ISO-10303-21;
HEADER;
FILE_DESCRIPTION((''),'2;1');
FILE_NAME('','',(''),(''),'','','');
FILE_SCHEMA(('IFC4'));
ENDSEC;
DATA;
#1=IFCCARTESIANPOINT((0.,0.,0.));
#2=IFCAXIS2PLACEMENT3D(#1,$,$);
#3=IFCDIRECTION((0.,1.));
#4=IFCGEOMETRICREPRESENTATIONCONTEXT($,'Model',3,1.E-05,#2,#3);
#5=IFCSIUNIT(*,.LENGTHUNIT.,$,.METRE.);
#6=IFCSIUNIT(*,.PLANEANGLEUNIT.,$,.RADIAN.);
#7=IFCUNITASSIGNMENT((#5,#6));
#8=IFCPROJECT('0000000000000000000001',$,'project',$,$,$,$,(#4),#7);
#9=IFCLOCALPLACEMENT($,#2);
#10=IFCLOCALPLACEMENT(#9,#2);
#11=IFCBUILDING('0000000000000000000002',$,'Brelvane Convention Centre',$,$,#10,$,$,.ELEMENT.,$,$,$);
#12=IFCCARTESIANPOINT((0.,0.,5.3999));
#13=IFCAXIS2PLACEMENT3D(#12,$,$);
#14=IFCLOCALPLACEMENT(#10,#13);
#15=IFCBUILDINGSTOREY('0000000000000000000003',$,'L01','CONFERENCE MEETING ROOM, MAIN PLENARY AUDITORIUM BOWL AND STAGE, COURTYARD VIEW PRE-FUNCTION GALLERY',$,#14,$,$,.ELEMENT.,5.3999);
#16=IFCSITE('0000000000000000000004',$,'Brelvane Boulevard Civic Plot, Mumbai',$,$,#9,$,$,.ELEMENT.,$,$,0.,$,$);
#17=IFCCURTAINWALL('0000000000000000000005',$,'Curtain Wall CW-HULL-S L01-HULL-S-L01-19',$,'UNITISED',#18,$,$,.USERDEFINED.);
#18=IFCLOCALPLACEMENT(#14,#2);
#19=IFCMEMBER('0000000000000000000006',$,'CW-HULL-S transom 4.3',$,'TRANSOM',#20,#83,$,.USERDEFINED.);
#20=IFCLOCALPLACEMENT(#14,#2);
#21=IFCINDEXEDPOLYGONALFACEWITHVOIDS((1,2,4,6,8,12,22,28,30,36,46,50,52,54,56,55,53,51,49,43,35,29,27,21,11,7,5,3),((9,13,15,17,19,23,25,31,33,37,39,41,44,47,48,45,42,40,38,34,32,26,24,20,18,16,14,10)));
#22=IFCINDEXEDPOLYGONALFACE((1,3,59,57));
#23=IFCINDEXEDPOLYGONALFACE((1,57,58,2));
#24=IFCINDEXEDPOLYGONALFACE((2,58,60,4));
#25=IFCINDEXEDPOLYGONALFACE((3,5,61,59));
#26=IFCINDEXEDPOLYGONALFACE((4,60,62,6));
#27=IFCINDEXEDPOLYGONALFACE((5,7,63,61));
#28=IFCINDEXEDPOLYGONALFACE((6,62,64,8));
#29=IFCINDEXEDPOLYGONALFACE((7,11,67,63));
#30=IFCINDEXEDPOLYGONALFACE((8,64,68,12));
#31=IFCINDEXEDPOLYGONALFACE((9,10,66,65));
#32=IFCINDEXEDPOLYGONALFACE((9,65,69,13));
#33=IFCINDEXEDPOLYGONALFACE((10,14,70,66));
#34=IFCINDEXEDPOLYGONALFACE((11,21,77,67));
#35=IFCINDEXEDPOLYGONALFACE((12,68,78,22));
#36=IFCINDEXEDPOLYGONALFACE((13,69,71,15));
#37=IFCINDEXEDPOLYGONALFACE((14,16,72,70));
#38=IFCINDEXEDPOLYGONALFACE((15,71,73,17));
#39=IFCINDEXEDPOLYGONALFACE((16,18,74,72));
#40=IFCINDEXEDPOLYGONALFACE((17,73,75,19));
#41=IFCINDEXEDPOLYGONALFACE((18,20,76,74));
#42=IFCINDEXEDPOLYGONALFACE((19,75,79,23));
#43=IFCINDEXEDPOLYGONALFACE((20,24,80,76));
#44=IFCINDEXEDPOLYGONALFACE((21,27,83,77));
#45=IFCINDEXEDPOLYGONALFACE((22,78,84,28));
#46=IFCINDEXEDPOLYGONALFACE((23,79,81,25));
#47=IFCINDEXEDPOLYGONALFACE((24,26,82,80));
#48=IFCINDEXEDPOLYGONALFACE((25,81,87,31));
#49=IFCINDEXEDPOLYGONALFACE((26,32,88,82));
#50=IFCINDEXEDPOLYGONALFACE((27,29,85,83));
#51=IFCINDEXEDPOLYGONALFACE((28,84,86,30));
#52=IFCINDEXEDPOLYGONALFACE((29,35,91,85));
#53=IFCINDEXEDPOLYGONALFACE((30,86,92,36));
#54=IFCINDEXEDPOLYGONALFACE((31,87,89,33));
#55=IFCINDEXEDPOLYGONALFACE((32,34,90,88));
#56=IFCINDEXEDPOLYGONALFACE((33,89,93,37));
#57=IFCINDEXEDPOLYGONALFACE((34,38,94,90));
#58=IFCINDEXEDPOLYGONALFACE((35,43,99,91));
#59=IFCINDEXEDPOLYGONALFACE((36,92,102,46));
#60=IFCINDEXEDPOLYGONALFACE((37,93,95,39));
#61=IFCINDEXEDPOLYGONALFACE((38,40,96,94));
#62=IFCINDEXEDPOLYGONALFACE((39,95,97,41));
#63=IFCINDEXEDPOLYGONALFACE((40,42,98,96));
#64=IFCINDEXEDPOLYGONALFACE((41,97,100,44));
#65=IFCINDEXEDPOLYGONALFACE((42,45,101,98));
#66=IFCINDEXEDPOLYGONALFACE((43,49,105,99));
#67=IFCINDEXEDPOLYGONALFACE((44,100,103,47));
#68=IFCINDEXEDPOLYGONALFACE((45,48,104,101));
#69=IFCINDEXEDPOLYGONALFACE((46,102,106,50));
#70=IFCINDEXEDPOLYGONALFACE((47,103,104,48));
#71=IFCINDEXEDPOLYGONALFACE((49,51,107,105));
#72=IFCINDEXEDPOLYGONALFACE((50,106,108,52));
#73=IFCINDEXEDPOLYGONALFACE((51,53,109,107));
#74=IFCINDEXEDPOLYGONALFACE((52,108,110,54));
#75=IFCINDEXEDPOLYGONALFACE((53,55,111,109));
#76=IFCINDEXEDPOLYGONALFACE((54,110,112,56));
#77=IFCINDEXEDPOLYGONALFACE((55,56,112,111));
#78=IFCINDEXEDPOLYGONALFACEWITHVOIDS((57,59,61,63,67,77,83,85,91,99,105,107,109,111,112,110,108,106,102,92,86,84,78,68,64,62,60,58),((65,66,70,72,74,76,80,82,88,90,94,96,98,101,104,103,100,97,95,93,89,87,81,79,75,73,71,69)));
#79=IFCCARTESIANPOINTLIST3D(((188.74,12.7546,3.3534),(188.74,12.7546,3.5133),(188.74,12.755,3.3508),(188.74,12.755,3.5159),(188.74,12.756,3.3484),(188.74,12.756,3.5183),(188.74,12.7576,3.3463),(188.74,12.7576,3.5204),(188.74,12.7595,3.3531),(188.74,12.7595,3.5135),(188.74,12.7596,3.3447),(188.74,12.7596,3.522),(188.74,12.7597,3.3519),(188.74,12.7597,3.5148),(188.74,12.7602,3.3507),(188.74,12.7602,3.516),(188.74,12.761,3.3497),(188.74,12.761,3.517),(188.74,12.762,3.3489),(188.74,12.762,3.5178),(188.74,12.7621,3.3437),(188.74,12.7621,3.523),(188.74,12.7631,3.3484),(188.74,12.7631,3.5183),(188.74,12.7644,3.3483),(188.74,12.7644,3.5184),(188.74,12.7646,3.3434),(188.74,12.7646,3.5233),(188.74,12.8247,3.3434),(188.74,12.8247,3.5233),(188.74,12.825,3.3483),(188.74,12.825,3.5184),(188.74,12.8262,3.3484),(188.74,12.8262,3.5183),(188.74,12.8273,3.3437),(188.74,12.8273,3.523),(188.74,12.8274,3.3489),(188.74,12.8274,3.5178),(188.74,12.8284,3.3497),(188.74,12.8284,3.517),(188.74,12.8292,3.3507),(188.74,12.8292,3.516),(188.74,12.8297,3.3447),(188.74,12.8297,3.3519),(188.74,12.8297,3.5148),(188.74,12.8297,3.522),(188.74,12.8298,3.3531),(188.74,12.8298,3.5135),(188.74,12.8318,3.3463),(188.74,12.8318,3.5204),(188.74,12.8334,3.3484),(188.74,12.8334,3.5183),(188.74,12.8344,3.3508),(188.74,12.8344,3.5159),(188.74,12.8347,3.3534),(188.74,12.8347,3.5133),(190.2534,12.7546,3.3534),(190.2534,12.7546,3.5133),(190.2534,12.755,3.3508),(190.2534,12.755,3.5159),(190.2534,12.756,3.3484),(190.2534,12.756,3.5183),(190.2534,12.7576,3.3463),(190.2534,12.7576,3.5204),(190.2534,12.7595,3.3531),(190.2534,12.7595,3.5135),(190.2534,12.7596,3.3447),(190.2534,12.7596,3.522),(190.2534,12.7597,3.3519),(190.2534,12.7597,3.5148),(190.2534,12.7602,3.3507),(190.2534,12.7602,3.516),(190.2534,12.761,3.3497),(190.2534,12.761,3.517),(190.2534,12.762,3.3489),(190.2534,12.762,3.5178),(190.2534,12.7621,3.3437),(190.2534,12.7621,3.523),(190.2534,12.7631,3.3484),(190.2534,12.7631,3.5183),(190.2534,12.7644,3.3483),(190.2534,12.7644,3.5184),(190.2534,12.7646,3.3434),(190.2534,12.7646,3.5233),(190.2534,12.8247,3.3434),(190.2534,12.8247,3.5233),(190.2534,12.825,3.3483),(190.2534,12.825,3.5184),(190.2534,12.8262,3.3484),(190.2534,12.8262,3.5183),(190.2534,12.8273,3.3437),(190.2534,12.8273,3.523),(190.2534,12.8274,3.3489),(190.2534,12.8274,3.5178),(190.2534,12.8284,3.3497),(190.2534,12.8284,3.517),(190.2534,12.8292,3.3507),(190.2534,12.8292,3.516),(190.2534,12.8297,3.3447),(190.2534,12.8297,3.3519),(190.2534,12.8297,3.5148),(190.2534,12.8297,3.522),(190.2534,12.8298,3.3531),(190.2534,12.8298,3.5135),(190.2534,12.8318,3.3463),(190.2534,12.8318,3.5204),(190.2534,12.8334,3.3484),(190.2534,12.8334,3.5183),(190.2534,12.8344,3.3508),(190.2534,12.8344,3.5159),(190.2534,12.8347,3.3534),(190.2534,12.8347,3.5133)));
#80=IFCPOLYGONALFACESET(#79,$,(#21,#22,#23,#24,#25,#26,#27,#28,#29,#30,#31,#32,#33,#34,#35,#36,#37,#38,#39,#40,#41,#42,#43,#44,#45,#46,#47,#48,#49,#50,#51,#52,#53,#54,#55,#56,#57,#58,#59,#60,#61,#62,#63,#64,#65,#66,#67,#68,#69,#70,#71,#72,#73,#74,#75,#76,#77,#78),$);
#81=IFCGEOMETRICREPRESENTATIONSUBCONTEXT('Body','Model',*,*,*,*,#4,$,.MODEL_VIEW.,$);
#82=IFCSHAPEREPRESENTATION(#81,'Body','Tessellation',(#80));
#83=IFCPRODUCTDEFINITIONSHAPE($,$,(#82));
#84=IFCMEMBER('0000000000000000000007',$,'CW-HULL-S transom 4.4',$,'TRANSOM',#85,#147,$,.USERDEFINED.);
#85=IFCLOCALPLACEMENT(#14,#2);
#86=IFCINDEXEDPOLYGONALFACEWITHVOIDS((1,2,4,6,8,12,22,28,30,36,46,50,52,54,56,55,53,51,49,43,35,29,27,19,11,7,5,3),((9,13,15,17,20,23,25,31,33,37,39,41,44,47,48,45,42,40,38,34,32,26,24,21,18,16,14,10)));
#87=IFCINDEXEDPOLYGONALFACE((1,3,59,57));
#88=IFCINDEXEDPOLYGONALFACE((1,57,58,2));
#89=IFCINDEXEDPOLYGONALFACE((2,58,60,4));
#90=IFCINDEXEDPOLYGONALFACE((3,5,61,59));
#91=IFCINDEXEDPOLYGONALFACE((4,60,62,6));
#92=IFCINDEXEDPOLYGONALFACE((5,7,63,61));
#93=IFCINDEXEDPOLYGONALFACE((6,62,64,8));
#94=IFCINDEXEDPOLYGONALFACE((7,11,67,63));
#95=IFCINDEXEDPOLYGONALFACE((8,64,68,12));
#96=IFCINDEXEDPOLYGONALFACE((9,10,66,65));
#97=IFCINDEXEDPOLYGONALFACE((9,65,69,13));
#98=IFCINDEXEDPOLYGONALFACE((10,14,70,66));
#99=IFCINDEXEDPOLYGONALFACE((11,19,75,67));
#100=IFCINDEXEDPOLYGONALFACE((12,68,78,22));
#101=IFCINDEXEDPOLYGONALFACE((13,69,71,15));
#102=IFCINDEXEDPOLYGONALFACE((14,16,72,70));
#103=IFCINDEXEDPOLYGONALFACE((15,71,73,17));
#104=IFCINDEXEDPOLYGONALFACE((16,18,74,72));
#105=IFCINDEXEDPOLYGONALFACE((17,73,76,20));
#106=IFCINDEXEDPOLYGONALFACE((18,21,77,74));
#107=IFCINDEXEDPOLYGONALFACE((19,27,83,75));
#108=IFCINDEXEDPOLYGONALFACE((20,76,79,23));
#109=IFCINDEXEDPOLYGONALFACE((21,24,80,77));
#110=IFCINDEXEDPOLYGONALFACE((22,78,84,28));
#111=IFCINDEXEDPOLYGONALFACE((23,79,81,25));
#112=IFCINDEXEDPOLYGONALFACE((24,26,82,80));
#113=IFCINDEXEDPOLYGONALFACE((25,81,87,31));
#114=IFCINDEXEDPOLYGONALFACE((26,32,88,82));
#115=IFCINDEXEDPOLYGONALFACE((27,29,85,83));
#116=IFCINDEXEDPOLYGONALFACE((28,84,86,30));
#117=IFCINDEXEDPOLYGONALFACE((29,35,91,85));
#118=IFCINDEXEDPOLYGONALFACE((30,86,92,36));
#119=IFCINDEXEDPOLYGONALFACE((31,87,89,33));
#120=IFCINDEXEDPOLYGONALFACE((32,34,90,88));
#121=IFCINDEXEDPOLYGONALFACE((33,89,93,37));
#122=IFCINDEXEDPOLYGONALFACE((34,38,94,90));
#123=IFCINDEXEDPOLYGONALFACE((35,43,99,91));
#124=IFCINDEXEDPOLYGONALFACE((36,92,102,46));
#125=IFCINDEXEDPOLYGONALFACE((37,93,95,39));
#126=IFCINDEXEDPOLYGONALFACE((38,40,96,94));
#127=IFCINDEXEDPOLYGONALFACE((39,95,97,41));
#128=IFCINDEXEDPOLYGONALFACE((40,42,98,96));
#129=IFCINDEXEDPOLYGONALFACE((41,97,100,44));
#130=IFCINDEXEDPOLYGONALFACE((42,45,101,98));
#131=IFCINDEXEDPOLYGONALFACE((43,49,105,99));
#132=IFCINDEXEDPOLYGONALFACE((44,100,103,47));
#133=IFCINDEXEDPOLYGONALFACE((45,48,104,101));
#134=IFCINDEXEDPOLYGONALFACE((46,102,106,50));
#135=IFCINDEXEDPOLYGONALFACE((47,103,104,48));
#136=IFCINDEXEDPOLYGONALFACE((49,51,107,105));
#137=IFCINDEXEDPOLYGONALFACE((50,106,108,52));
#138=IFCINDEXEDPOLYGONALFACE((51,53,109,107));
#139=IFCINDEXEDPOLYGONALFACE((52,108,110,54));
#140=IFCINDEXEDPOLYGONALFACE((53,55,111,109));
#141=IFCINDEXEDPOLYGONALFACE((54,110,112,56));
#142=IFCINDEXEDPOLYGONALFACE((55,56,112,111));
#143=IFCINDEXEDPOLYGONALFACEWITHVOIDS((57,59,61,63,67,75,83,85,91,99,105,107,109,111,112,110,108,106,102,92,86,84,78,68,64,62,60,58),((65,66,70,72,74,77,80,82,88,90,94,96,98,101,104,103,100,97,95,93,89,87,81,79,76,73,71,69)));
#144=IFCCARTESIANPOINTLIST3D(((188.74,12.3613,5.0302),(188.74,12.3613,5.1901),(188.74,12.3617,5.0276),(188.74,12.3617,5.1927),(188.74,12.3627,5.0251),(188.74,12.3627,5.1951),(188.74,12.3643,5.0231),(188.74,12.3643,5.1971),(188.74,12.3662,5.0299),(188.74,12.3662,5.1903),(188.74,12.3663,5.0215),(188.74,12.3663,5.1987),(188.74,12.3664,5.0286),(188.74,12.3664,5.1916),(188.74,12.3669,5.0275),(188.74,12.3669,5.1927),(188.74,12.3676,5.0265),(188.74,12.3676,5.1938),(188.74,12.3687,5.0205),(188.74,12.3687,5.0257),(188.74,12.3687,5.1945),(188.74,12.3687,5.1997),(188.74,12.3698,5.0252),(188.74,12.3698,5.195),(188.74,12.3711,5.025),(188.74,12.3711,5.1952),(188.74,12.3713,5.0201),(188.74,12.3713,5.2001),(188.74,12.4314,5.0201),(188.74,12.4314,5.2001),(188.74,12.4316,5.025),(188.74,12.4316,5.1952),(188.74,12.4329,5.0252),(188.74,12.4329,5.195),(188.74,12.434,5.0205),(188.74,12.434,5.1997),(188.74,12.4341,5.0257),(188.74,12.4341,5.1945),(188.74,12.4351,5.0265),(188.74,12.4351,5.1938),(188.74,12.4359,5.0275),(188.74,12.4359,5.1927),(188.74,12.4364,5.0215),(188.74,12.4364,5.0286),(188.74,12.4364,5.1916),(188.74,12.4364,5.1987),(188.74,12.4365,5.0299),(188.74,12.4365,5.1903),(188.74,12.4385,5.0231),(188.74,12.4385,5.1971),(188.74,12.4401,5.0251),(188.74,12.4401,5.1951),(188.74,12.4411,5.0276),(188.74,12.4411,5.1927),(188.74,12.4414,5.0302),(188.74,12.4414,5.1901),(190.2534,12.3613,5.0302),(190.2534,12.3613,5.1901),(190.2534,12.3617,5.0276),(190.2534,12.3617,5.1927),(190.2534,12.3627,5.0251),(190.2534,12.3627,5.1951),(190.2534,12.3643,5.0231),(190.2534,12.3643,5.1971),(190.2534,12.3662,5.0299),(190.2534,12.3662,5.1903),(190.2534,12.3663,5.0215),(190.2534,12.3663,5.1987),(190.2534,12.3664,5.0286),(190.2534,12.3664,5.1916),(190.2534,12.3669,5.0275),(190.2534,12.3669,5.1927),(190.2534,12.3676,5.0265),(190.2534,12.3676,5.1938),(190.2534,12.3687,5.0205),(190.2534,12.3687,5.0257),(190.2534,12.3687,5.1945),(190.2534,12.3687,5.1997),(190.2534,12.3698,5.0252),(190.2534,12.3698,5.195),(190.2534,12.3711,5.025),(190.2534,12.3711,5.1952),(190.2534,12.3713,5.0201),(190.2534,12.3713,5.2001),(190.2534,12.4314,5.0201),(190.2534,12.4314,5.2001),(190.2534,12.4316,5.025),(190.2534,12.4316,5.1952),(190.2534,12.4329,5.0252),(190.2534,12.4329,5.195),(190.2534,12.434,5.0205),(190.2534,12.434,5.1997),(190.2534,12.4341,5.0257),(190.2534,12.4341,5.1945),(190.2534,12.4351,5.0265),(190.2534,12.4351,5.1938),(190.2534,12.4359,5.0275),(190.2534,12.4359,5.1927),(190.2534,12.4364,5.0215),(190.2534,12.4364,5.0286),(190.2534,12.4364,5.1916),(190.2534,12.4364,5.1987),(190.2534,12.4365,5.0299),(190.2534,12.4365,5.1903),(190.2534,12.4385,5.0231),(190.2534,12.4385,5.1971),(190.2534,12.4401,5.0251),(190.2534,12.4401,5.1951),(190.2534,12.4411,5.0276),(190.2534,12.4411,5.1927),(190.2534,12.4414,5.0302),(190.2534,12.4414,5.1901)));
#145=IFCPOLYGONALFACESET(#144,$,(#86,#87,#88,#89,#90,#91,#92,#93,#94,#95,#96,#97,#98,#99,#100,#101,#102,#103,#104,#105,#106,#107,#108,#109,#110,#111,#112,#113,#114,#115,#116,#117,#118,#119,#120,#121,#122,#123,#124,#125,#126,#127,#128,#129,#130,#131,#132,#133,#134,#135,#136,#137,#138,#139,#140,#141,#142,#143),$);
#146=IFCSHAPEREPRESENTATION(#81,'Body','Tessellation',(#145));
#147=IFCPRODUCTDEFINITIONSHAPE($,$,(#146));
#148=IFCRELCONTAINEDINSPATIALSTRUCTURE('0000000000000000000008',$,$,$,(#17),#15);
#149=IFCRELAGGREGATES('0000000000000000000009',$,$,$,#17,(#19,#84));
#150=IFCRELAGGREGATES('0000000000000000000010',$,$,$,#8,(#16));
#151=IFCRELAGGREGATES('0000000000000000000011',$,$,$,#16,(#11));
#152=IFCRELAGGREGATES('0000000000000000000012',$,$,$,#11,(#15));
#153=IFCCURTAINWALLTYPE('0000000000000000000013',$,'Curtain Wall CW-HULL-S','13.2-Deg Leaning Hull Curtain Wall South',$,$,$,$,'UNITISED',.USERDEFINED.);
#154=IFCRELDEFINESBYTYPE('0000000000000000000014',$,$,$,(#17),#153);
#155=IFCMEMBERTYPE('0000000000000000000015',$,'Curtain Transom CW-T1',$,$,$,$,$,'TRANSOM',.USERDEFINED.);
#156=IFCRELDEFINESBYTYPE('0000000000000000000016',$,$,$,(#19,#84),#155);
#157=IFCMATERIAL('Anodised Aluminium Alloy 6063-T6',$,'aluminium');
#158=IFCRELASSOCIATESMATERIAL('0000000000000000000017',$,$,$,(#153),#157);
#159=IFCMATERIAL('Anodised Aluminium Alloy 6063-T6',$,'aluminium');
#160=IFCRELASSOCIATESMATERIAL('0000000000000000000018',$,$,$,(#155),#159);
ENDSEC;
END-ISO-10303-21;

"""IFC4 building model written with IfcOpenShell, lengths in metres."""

from ifc_helpers import new_model, si_unit, direction, frame, origin, origin_2d, place, context, subcontext, project, spatial, hollow_rectangle, extrude, material, material_profile, profile_set, type_object, element, aggregate, save


model = new_model("IFC4")

# Units and contexts
model_context = context("Model", 3, precision=1e-05, world=origin(), true_north=direction((0.0, 1.0)))
body_context = subcontext(model_context, "Body", "Model", "MODEL_VIEW")
ifc_project = project(units=[si_unit("LENGTHUNIT", "METRE"), si_unit("PLANEANGLEUNIT", "RADIAN")], contexts=[model_context])

# Site, building, storey
site_placement = place(None, origin())
site = spatial("IfcSite", under=ifc_project, at=site_placement, Name="Brelvane Boulevard Civic Plot, Mumbai", CompositionType="ELEMENT", RefElevation=0.0)
building_placement = place(site_placement, origin())
building = spatial("IfcBuilding", under=site, at=building_placement, Name="Brelvane Convention Centre", CompositionType="ELEMENT")
storey_placement = place(building_placement, frame((0.0, 0.0, 5.3999)))
storey = spatial("IfcBuildingStorey", under=building, at=storey_placement, Name="L01", Description="CONFERENCE MEETING ROOM, MAIN PLENARY AUDITORIUM BOWL AND STAGE, COURTYARD VIEW PRE-FUNCTION GALLERY", CompositionType="ELEMENT", Elevation=5.3999)

# Curtain wall, members
ifc_material_1 = material(Name="Anodised Aluminium Alloy 6063-T6", Category="aluminium")
curtain_wall_type = type_object("IfcCurtainWallType", Name="Curtain Wall CW-HULL-S", Description="13.2-Deg Leaning Hull Curtain Wall South", ElementType="UNITISED", PredefinedType="USERDEFINED", material=ifc_material_1)
curtain_wall_1_placement = place(storey_placement, origin())
curtain_wall_1 = element("IfcCurtainWall", 1, at=curtain_wall_1_placement, inside=storey, type_object=curtain_wall_type, Name="Curtain Wall CW-HULL-S L01-HULL-S-L01-19", ObjectType="UNITISED", PredefinedType="USERDEFINED")
ifc_material_2 = material(Name="Anodised Aluminium Alloy 6063-T6", Category="aluminium")
ifc_material_profile = material_profile(ifc_material_2, hollow_rectangle(XDim=0.0801, YDim=0.1799, WallThickness=0.0049, InnerFilletRadius=0.0049, OuterFilletRadius=0.01, at=origin_2d()), Name="ALU-T 180x80x5.0")
ifc_profile_set = profile_set([ifc_material_profile], Name="Anodised Aluminium Alloy 6063-T6")
member_type = type_object("IfcMemberType", Name="Curtain Transom CW-T1", ElementType="TRANSOM", PredefinedType="USERDEFINED", material=ifc_profile_set)
member_1_placement = place(storey_placement, frame((188.74, 12.7947, 3.4333), z_axis=(1.0, 0.0, 0.0), x_axis=(0.0, 1.0, 0.0)))
member_1 = element("IfcMember", 2, at=member_1_placement, type_object=member_type, Name="CW-HULL-S transom 4.3", ObjectType="TRANSOM", PredefinedType="USERDEFINED", context=body_context, shape_type="SweptSolid", body=[
    extrude(hollow_rectangle(XDim=0.0801, YDim=0.1799, WallThickness=0.0049, InnerFilletRadius=0.0049, OuterFilletRadius=0.01, at=origin_2d()), origin(), (0.0, 0.0, 1.0), 1.5134),
])
member_2_placement = place(storey_placement, frame((188.74, 12.4014, 5.1101), z_axis=(1.0, 0.0, 0.0), x_axis=(0.0, 1.0, 0.0)))
member_2 = element("IfcMember", 3, at=member_2_placement, type_object=member_type, Name="CW-HULL-S transom 4.4", ObjectType="TRANSOM", PredefinedType="USERDEFINED", context=body_context, shape_type="SweptSolid", body=[
    extrude(hollow_rectangle(XDim=0.0801, YDim=0.1799, WallThickness=0.0049, InnerFilletRadius=0.0049, OuterFilletRadius=0.01, at=origin_2d()), origin(), (0.0, 0.0, 1.0), 1.5134),
])

aggregate(curtain_wall_1, [member_1, member_2])

save(model, "model.ifc")
